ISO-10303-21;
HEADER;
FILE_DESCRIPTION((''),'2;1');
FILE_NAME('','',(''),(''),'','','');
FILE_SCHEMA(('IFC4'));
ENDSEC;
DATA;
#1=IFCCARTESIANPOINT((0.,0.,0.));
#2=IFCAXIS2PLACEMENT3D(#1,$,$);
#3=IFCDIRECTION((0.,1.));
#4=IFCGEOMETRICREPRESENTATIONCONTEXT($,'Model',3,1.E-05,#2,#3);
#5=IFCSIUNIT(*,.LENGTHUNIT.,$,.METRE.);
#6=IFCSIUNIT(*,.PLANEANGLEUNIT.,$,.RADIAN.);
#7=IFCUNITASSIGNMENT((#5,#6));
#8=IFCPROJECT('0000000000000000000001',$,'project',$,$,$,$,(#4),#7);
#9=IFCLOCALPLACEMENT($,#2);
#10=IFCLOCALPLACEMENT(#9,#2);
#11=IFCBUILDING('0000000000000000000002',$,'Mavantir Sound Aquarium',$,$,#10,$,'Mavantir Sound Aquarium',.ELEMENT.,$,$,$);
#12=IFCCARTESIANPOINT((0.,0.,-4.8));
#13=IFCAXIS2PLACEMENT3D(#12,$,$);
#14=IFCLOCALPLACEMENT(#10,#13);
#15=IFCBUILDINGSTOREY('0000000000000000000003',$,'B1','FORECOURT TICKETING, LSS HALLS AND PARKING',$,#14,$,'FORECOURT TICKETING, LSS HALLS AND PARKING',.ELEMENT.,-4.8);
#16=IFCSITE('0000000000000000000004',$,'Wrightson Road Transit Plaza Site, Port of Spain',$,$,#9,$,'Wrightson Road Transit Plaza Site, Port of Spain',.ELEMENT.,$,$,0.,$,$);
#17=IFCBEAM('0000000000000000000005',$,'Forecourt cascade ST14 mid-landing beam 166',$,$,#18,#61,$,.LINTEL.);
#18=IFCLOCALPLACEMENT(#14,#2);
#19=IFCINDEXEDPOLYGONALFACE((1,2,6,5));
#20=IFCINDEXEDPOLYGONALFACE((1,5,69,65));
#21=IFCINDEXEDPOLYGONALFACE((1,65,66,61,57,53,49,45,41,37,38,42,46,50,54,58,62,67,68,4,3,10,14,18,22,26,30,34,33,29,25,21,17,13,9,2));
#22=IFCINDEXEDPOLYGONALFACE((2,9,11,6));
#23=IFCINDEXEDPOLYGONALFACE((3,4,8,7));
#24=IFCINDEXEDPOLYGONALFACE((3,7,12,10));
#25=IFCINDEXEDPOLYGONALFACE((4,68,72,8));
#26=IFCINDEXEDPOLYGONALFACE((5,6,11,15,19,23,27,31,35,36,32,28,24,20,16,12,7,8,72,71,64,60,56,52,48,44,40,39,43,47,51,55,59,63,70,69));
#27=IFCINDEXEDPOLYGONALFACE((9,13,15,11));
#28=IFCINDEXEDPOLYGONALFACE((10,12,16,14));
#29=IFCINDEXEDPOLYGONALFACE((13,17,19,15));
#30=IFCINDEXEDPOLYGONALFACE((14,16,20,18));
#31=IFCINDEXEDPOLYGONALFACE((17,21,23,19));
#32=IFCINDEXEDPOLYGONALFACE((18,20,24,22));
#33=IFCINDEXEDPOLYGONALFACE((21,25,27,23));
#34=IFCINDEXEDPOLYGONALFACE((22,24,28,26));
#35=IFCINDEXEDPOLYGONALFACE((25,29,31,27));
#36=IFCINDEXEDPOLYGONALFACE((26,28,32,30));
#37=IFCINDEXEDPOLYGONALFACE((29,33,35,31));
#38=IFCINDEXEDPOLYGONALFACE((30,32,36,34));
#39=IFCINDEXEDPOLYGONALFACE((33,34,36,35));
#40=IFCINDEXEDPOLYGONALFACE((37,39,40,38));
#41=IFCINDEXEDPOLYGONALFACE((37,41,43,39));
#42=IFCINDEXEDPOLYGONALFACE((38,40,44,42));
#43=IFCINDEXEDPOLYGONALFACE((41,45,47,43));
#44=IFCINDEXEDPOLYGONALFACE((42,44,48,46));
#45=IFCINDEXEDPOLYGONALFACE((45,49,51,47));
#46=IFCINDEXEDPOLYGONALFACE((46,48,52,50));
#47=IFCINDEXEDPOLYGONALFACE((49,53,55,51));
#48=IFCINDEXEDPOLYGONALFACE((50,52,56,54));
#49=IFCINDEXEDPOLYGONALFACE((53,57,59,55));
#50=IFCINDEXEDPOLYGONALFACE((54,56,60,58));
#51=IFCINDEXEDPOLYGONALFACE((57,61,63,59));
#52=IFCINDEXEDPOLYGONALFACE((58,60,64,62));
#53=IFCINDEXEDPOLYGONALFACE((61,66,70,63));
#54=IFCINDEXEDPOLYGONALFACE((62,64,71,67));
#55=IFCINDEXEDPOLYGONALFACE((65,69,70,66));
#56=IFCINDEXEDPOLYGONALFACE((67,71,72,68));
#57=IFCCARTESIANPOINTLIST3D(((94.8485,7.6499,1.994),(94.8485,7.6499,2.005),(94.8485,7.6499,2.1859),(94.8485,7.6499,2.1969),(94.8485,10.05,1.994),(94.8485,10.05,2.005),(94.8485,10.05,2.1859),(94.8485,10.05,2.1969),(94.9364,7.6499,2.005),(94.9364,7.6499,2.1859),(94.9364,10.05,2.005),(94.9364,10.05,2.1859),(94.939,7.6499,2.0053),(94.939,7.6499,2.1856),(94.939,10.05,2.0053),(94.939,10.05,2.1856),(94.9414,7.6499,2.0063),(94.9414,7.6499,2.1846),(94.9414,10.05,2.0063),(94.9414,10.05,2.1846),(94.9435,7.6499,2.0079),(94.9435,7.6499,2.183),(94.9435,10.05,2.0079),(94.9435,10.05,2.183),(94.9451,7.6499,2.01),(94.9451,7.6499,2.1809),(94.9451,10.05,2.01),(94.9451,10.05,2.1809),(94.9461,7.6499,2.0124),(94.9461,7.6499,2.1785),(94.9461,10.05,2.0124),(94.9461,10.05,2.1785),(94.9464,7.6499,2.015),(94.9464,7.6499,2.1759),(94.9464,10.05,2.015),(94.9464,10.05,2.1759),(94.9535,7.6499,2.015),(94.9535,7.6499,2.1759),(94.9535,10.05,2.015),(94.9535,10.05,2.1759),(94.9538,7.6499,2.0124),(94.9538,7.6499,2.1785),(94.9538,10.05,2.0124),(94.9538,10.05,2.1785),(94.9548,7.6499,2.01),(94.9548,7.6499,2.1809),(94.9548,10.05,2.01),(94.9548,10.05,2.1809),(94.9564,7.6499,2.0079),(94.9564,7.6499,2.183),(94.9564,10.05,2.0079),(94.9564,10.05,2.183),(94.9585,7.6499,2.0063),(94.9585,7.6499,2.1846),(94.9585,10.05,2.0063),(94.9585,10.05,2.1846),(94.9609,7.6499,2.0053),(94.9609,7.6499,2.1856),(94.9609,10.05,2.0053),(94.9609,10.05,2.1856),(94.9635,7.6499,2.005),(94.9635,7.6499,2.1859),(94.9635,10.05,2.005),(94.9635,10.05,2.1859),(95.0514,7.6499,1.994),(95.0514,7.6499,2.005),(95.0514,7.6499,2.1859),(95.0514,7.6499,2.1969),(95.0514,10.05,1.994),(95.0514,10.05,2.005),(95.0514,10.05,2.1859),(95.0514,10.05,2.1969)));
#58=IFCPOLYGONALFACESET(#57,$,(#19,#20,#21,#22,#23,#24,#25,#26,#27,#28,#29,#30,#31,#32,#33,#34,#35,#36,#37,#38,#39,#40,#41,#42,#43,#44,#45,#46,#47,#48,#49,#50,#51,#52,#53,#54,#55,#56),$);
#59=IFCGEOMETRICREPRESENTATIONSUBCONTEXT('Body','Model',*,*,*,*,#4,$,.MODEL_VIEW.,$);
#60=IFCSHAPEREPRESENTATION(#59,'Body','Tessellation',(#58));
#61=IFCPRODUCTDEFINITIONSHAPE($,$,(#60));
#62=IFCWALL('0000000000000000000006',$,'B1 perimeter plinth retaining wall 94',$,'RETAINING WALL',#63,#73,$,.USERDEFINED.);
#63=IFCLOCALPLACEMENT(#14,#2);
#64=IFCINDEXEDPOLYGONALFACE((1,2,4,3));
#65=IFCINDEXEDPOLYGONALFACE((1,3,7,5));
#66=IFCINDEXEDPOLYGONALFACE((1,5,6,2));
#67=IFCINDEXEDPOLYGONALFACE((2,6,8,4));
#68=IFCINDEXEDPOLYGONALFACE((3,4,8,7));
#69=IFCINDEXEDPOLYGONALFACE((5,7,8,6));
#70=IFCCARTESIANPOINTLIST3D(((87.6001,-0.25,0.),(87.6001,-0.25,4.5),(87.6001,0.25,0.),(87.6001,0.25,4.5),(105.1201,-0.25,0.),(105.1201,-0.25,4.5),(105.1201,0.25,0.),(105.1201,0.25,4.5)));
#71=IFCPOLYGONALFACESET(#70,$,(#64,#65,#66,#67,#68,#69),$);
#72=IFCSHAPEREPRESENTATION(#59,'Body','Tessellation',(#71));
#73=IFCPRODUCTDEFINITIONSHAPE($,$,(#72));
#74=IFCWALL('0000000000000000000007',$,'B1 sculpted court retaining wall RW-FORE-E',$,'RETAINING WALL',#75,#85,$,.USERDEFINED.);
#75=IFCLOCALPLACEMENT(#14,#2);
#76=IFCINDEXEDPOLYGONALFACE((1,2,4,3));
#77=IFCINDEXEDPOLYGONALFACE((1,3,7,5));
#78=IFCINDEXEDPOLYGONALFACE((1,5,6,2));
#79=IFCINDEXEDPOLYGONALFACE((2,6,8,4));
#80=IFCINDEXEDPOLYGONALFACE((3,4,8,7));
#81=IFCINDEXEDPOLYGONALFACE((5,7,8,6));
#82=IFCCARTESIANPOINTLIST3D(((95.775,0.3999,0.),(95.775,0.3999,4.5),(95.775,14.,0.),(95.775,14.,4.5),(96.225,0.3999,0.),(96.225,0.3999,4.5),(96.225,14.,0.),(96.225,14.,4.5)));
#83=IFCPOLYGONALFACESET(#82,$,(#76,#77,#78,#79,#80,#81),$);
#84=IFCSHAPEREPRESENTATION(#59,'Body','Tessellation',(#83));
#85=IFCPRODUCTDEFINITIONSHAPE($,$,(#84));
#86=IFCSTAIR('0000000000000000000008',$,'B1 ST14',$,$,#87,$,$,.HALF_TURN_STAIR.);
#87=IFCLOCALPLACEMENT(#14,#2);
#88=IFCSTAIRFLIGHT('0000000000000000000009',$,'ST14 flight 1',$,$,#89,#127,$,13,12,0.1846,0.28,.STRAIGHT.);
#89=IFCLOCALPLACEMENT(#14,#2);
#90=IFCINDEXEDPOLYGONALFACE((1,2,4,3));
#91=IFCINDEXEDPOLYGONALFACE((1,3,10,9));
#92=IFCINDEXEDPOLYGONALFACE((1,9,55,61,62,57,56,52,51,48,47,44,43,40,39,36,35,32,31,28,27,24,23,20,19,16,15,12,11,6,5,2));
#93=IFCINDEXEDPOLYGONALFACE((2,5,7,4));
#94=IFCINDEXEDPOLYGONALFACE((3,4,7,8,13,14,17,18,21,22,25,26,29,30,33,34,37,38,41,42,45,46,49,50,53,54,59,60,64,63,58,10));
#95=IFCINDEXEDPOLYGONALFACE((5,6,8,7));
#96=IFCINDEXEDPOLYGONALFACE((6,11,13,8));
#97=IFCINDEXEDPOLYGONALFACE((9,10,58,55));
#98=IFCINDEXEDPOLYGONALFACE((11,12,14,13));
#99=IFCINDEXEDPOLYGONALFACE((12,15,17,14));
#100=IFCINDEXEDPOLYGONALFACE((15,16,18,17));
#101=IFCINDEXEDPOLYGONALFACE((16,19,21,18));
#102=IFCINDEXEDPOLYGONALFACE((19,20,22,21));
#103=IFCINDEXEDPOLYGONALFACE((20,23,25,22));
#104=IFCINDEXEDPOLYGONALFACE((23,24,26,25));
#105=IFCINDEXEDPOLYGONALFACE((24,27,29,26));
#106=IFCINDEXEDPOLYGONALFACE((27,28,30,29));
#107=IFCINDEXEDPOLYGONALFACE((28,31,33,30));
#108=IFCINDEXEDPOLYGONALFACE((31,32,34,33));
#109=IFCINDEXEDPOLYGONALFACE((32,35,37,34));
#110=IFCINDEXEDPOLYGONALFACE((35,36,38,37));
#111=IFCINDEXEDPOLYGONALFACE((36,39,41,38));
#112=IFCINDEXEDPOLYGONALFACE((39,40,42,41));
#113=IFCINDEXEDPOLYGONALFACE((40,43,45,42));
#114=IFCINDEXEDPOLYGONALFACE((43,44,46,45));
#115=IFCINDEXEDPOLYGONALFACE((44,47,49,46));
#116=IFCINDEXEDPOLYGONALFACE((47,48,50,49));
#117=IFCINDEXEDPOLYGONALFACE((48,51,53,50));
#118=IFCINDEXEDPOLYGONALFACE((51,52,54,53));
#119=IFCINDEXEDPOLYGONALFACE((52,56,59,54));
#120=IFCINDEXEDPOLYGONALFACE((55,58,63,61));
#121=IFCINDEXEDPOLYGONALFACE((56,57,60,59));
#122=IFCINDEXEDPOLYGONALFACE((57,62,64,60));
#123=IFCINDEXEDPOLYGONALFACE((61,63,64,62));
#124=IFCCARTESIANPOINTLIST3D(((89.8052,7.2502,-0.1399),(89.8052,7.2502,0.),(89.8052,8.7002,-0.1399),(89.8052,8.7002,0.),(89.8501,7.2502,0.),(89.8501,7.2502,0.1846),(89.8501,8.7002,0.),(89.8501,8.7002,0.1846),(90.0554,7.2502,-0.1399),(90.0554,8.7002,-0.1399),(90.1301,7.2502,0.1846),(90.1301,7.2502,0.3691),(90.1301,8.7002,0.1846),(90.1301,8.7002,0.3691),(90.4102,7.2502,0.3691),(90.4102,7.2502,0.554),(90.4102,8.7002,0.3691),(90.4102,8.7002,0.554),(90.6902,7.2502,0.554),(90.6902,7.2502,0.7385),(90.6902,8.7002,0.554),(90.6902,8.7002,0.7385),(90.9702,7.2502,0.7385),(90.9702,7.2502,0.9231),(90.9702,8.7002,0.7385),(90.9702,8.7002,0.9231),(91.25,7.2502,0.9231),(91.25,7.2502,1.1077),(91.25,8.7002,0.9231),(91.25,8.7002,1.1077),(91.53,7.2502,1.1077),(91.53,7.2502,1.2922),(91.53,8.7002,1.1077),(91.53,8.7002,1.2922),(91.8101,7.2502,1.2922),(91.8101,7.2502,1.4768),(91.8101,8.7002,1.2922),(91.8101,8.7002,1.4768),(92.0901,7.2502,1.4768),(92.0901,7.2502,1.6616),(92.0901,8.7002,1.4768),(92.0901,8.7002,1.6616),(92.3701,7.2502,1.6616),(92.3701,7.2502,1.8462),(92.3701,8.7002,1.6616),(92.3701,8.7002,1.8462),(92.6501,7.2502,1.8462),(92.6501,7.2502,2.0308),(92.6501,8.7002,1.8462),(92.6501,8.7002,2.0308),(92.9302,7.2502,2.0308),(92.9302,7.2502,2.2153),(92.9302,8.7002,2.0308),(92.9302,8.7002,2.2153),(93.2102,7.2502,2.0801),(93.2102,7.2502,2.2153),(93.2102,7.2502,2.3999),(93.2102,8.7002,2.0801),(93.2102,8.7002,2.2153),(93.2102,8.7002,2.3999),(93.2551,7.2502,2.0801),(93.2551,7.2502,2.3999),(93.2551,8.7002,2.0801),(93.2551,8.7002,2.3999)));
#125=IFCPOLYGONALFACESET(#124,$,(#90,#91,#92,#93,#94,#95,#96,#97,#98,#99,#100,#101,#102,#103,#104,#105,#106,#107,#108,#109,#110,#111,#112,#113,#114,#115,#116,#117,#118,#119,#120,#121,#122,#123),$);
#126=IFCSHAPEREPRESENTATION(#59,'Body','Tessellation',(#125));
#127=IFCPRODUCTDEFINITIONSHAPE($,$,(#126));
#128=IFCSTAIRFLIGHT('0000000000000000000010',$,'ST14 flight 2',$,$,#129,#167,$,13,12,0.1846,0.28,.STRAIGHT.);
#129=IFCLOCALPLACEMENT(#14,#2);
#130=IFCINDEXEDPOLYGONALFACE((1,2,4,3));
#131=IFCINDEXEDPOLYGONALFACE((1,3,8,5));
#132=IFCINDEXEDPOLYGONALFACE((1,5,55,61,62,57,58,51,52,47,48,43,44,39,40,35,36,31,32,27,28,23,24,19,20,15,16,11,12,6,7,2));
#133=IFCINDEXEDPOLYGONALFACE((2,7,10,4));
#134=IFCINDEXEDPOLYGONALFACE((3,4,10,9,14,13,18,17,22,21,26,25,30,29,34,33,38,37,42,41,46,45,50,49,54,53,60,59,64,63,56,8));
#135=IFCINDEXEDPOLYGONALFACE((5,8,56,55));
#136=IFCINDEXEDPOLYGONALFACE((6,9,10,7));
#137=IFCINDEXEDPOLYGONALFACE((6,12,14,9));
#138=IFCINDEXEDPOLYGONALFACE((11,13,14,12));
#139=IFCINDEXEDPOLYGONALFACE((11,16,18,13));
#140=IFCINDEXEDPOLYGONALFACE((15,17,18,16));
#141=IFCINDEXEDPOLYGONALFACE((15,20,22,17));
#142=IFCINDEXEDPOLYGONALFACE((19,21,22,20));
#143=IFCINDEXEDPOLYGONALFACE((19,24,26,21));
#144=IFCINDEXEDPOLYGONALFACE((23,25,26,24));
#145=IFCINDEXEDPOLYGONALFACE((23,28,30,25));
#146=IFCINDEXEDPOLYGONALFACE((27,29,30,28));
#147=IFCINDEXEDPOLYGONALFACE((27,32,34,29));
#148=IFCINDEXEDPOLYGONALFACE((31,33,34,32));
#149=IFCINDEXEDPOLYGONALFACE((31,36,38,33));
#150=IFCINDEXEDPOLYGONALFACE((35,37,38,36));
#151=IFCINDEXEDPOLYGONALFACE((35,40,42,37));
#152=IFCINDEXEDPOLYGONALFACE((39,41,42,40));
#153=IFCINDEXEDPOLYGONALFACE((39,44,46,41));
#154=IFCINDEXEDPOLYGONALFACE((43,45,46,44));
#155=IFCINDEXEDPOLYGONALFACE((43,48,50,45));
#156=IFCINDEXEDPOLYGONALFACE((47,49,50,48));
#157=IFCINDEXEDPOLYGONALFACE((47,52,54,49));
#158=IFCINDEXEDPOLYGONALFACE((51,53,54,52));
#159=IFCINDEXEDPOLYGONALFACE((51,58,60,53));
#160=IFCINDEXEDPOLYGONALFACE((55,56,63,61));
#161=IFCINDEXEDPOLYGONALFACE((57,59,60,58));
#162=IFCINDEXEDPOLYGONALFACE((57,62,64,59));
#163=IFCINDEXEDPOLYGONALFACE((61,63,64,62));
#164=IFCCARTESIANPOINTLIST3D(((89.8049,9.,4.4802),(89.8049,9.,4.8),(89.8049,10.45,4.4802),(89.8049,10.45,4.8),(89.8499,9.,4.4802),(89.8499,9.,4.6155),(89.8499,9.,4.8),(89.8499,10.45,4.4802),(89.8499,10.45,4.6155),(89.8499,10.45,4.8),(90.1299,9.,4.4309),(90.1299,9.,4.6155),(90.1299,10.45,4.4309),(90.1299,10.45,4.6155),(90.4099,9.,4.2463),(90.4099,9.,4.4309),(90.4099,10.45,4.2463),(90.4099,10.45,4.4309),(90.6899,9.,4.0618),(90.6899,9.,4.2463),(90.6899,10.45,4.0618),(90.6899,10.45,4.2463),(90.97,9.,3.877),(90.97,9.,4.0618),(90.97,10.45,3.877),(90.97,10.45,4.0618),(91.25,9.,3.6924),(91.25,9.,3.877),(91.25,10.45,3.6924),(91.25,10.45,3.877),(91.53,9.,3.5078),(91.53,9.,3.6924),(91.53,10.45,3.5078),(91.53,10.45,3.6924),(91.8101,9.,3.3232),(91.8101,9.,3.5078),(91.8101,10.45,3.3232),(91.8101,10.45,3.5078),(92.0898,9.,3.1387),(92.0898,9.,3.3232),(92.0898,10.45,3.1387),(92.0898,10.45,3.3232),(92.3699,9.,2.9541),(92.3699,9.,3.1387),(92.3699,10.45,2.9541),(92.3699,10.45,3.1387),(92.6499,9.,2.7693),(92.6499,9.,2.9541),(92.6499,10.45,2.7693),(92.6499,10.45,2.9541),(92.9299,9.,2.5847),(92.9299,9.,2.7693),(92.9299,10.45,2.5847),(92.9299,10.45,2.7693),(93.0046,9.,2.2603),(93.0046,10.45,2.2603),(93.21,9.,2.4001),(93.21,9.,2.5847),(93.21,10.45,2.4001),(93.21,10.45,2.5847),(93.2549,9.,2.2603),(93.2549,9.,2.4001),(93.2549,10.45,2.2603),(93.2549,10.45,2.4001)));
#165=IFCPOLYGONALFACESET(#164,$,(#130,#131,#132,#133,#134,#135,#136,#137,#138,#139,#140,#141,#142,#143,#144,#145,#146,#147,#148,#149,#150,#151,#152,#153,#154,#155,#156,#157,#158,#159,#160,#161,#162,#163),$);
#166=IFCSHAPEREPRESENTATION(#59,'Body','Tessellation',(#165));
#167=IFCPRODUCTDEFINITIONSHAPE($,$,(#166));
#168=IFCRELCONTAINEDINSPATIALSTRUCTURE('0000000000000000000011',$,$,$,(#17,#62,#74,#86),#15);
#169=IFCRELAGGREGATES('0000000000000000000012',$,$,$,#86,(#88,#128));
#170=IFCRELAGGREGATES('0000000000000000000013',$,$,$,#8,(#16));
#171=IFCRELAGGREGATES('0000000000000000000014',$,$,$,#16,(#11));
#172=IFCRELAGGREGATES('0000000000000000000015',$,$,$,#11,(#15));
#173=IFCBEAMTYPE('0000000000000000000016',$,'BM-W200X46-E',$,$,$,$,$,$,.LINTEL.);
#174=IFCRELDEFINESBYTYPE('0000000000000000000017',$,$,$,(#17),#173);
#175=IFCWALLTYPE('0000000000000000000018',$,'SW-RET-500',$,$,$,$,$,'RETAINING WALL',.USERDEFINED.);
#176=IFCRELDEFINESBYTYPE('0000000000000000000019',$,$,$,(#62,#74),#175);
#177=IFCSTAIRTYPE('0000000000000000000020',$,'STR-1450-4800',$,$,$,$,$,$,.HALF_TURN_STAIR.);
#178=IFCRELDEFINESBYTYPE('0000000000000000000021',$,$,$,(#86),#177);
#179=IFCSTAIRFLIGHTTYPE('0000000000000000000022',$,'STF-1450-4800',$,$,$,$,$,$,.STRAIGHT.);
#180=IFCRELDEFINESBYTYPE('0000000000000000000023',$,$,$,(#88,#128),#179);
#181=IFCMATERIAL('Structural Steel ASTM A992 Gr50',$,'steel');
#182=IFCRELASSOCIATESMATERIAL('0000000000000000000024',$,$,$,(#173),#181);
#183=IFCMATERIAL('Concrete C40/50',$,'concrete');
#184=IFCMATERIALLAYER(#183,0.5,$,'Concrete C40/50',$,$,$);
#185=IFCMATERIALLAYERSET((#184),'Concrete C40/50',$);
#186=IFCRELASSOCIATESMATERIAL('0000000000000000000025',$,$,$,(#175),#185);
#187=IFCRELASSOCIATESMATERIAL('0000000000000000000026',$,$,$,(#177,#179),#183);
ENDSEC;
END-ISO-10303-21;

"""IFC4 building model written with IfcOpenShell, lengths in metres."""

from ifc_helpers import new_model, si_unit, direction, frame, frame_2d, origin, origin_2d, place, context, subcontext, project, spatial, polyline, rectangle, i_section, outline, extrude, material, layer, layer_set, material_profile, profile_set, type_object, element, aggregate, save


model = new_model("IFC4")

# Units and contexts
model_context = context("Model", 3, precision=1e-05, world=origin(), true_north=direction((0.0, 1.0)))
body_context = subcontext(model_context, "Body", "Model", "MODEL_VIEW")
ifc_project = project(units=[si_unit("LENGTHUNIT", "METRE"), si_unit("PLANEANGLEUNIT", "RADIAN")], contexts=[model_context])

# Site, building, storey
site_placement = place(None, origin())
site = spatial("IfcSite", under=ifc_project, at=site_placement, Name="Wrightson Road Transit Plaza Site, Port of Spain", LongName="Wrightson Road Transit Plaza Site, Port of Spain", CompositionType="ELEMENT", RefElevation=0.0)
building_placement = place(site_placement, origin())
building = spatial("IfcBuilding", under=site, at=building_placement, Name="Mavantir Sound Aquarium", LongName="Mavantir Sound Aquarium", CompositionType="ELEMENT")
storey_placement = place(building_placement, frame((0.0, 0.0, -4.8)))
storey = spatial("IfcBuildingStorey", under=building, at=storey_placement, Name="B1", Description="FORECOURT TICKETING, LSS HALLS AND PARKING", LongName="FORECOURT TICKETING, LSS HALLS AND PARKING", CompositionType="ELEMENT", Elevation=-4.8)

# Shared definitions
ifc_material_1 = material(Name="Concrete C40/50", Category="concrete")

# Beam
ifc_material_2 = material(Name="Structural Steel ASTM A992 Gr50", Category="steel")
ifc_material_profile_1 = material_profile(ifc_material_2, i_section(OverallWidth=0.2029, OverallDepth=0.2029, WebThickness=0.0071, FlangeThickness=0.011, FilletRadius=0.01, at=origin_2d()), Name="W200X46")
ifc_profile_set_1 = profile_set([ifc_material_profile_1], Name="Structural Steel ASTM A992 Gr50")
beam_type_1 = type_object("IfcBeamType", Name="BM-W200X46-E", PredefinedType="LINTEL", material=ifc_profile_set_1)
for number, where, z_axis, x_axis, name in (
    (1, (94.95, 7.6499, 2.0955), (0.0, 1.0, 0.0), (-1.0, 0.0, 0.0), "Forecourt cascade ST14 mid-landing beam 166"),
):
    element("IfcBeam", number, at=place(storey_placement, frame(where, z_axis=z_axis, x_axis=x_axis)), inside=storey, type_object=beam_type_1, Name=name, PredefinedType="LINTEL", context=body_context, shape_type="SweptSolid", body=[
        extrude(i_section(OverallWidth=0.2029, OverallDepth=0.2029, WebThickness=0.0071, FlangeThickness=0.011, FilletRadius=0.01, at=origin_2d()), origin(), (0.0, 0.0, 1.0), 2.4001),
    ])

# Walls
ifc_layer = layer(ifc_material_1, 0.5, Name="Concrete C40/50")
ifc_layer_set = layer_set([ifc_layer], Name="Concrete C40/50")
wall_type = type_object("IfcWallType", Name="SW-RET-500", ElementType="RETAINING WALL", PredefinedType="USERDEFINED", material=ifc_layer_set)
wall_1_placement = place(storey_placement, frame((105.1201, 0.0, 0.0), z_axis=(0.0, 0.0, 1.0), x_axis=(-1.0, 0.0, 0.0)))
element("IfcWall", 2, at=wall_1_placement, inside=storey, type_object=wall_type, Name="B1 perimeter plinth retaining wall 94", ObjectType="RETAINING WALL", PredefinedType="USERDEFINED", context=body_context, shape_type="SweptSolid", body=[
    extrude(rectangle(XDim=17.52, YDim=0.5, at=frame_2d((8.76, 0.0))), origin(), (0.0, 0.0, 1.0), 4.5),
])
wall_2_placement = place(storey_placement, frame((96.0, 0.3999, 0.0), z_axis=(0.0, 0.0, 1.0), x_axis=(0.0, 1.0, 0.0)))
element("IfcWall", 3, at=wall_2_placement, inside=storey, type_object=wall_type, Name="B1 sculpted court retaining wall RW-FORE-E", ObjectType="RETAINING WALL", PredefinedType="USERDEFINED", context=body_context, shape_type="SweptSolid", body=[
    extrude(rectangle(XDim=13.6001, YDim=0.45, at=frame_2d((6.8, 0.0))), origin(), (0.0, 0.0, 1.0), 4.5),
])

# Stair, stair flights
stair_type = type_object("IfcStairType", Name="STR-1450-4800", PredefinedType="HALF_TURN_STAIR", material=ifc_material_1)
stair_placement = place(storey_placement, origin())
stair = element("IfcStair", 4, at=stair_placement, inside=storey, type_object=stair_type, Name="B1 ST14", PredefinedType="HALF_TURN_STAIR")
stair_flight_type = type_object("IfcStairFlightType", Name="STF-1450-4800", PredefinedType="STRAIGHT", material=ifc_material_1)
stair_flight_1_placement = place(storey_placement, frame((89.8501, 7.9751, 0.0), z_axis=(0.0, 0.0, 1.0), x_axis=(1.0, 0.0, 0.0)))
stair_flight_1 = element("IfcStairFlight", 5, at=stair_flight_1_placement, type_object=stair_flight_type, Name="ST14 flight 1", NumberOfRisers=13, NumberOfTreads=12, PredefinedType="STRAIGHT", RiserHeight=0.1846, TreadLength=0.28, context=body_context, shape_type="SweptSolid", body=[
    extrude(outline(polyline([(-0.0449, -0.1399), (-0.0449, 0.0), (0.0, 0.0), (0.0, 0.1846), (0.28, 0.1846), (0.28, 0.3691), (0.5601, 0.3691), (0.5601, 0.554), (0.8401, 0.554), (0.8401, 0.7385), (1.1201, 0.7385), (1.1201, 0.9231), (1.3999, 0.9231), (1.3999, 1.1077), (1.6799, 1.1077), (1.6799, 1.2922), (1.96, 1.2922), (1.96, 1.4768), (2.24, 1.4768), (2.24, 1.6616), (2.52, 1.6616), (2.52, 1.8462), (2.8, 1.8462), (2.8, 2.0308), (3.0801, 2.0308), (3.0801, 2.2153), (3.3601, 2.2153), (3.3601, 2.3999), (3.405, 2.3999), (3.405, 2.0801), (3.3601, 2.0801), (0.2053, -0.1399), (-0.0449, -0.1399)])), frame((0.0, 0.7251, 0.0), z_axis=(0.0, -1.0, 0.0), x_axis=(1.0, 0.0, 0.0)), (0.0, 0.0, 1.0), 1.45),
])
stair_flight_2_placement = place(storey_placement, frame((93.21, 9.7251, 2.4001), z_axis=(0.0, 0.0, 1.0), x_axis=(-1.0, 0.0, 0.0)))
stair_flight_2 = element("IfcStairFlight", 6, at=stair_flight_2_placement, type_object=stair_flight_type, Name="ST14 flight 2", NumberOfRisers=13, NumberOfTreads=12, PredefinedType="STRAIGHT", RiserHeight=0.1846, TreadLength=0.28, context=body_context, shape_type="SweptSolid", body=[
    extrude(outline(polyline([(-0.0449, -0.1399), (-0.0449, 0.0), (0.0, 0.0), (0.0, 0.1846), (0.28, 0.1846), (0.28, 0.3691), (0.5601, 0.3691), (0.5601, 0.554), (0.8401, 0.554), (0.8401, 0.7385), (1.1201, 0.7385), (1.1201, 0.9231), (1.3999, 0.9231), (1.3999, 1.1077), (1.6799, 1.1077), (1.6799, 1.2922), (1.96, 1.2922), (1.96, 1.4768), (2.24, 1.4768), (2.24, 1.6616), (2.52, 1.6616), (2.52, 1.8462), (2.8, 1.8462), (2.8, 2.0308), (3.0801, 2.0308), (3.0801, 2.2153), (3.3601, 2.2153), (3.3601, 2.3999), (3.405, 2.3999), (3.405, 2.0801), (3.3601, 2.0801), (0.2053, -0.1399), (-0.0449, -0.1399)])), frame((0.0, 0.7251, 0.0), z_axis=(0.0, -1.0, 0.0), x_axis=(1.0, 0.0, 0.0)), (0.0, 0.0, 1.0), 1.45),
])
aggregate(stair, [stair_flight_1, stair_flight_2])

save(model, "model.ifc")
